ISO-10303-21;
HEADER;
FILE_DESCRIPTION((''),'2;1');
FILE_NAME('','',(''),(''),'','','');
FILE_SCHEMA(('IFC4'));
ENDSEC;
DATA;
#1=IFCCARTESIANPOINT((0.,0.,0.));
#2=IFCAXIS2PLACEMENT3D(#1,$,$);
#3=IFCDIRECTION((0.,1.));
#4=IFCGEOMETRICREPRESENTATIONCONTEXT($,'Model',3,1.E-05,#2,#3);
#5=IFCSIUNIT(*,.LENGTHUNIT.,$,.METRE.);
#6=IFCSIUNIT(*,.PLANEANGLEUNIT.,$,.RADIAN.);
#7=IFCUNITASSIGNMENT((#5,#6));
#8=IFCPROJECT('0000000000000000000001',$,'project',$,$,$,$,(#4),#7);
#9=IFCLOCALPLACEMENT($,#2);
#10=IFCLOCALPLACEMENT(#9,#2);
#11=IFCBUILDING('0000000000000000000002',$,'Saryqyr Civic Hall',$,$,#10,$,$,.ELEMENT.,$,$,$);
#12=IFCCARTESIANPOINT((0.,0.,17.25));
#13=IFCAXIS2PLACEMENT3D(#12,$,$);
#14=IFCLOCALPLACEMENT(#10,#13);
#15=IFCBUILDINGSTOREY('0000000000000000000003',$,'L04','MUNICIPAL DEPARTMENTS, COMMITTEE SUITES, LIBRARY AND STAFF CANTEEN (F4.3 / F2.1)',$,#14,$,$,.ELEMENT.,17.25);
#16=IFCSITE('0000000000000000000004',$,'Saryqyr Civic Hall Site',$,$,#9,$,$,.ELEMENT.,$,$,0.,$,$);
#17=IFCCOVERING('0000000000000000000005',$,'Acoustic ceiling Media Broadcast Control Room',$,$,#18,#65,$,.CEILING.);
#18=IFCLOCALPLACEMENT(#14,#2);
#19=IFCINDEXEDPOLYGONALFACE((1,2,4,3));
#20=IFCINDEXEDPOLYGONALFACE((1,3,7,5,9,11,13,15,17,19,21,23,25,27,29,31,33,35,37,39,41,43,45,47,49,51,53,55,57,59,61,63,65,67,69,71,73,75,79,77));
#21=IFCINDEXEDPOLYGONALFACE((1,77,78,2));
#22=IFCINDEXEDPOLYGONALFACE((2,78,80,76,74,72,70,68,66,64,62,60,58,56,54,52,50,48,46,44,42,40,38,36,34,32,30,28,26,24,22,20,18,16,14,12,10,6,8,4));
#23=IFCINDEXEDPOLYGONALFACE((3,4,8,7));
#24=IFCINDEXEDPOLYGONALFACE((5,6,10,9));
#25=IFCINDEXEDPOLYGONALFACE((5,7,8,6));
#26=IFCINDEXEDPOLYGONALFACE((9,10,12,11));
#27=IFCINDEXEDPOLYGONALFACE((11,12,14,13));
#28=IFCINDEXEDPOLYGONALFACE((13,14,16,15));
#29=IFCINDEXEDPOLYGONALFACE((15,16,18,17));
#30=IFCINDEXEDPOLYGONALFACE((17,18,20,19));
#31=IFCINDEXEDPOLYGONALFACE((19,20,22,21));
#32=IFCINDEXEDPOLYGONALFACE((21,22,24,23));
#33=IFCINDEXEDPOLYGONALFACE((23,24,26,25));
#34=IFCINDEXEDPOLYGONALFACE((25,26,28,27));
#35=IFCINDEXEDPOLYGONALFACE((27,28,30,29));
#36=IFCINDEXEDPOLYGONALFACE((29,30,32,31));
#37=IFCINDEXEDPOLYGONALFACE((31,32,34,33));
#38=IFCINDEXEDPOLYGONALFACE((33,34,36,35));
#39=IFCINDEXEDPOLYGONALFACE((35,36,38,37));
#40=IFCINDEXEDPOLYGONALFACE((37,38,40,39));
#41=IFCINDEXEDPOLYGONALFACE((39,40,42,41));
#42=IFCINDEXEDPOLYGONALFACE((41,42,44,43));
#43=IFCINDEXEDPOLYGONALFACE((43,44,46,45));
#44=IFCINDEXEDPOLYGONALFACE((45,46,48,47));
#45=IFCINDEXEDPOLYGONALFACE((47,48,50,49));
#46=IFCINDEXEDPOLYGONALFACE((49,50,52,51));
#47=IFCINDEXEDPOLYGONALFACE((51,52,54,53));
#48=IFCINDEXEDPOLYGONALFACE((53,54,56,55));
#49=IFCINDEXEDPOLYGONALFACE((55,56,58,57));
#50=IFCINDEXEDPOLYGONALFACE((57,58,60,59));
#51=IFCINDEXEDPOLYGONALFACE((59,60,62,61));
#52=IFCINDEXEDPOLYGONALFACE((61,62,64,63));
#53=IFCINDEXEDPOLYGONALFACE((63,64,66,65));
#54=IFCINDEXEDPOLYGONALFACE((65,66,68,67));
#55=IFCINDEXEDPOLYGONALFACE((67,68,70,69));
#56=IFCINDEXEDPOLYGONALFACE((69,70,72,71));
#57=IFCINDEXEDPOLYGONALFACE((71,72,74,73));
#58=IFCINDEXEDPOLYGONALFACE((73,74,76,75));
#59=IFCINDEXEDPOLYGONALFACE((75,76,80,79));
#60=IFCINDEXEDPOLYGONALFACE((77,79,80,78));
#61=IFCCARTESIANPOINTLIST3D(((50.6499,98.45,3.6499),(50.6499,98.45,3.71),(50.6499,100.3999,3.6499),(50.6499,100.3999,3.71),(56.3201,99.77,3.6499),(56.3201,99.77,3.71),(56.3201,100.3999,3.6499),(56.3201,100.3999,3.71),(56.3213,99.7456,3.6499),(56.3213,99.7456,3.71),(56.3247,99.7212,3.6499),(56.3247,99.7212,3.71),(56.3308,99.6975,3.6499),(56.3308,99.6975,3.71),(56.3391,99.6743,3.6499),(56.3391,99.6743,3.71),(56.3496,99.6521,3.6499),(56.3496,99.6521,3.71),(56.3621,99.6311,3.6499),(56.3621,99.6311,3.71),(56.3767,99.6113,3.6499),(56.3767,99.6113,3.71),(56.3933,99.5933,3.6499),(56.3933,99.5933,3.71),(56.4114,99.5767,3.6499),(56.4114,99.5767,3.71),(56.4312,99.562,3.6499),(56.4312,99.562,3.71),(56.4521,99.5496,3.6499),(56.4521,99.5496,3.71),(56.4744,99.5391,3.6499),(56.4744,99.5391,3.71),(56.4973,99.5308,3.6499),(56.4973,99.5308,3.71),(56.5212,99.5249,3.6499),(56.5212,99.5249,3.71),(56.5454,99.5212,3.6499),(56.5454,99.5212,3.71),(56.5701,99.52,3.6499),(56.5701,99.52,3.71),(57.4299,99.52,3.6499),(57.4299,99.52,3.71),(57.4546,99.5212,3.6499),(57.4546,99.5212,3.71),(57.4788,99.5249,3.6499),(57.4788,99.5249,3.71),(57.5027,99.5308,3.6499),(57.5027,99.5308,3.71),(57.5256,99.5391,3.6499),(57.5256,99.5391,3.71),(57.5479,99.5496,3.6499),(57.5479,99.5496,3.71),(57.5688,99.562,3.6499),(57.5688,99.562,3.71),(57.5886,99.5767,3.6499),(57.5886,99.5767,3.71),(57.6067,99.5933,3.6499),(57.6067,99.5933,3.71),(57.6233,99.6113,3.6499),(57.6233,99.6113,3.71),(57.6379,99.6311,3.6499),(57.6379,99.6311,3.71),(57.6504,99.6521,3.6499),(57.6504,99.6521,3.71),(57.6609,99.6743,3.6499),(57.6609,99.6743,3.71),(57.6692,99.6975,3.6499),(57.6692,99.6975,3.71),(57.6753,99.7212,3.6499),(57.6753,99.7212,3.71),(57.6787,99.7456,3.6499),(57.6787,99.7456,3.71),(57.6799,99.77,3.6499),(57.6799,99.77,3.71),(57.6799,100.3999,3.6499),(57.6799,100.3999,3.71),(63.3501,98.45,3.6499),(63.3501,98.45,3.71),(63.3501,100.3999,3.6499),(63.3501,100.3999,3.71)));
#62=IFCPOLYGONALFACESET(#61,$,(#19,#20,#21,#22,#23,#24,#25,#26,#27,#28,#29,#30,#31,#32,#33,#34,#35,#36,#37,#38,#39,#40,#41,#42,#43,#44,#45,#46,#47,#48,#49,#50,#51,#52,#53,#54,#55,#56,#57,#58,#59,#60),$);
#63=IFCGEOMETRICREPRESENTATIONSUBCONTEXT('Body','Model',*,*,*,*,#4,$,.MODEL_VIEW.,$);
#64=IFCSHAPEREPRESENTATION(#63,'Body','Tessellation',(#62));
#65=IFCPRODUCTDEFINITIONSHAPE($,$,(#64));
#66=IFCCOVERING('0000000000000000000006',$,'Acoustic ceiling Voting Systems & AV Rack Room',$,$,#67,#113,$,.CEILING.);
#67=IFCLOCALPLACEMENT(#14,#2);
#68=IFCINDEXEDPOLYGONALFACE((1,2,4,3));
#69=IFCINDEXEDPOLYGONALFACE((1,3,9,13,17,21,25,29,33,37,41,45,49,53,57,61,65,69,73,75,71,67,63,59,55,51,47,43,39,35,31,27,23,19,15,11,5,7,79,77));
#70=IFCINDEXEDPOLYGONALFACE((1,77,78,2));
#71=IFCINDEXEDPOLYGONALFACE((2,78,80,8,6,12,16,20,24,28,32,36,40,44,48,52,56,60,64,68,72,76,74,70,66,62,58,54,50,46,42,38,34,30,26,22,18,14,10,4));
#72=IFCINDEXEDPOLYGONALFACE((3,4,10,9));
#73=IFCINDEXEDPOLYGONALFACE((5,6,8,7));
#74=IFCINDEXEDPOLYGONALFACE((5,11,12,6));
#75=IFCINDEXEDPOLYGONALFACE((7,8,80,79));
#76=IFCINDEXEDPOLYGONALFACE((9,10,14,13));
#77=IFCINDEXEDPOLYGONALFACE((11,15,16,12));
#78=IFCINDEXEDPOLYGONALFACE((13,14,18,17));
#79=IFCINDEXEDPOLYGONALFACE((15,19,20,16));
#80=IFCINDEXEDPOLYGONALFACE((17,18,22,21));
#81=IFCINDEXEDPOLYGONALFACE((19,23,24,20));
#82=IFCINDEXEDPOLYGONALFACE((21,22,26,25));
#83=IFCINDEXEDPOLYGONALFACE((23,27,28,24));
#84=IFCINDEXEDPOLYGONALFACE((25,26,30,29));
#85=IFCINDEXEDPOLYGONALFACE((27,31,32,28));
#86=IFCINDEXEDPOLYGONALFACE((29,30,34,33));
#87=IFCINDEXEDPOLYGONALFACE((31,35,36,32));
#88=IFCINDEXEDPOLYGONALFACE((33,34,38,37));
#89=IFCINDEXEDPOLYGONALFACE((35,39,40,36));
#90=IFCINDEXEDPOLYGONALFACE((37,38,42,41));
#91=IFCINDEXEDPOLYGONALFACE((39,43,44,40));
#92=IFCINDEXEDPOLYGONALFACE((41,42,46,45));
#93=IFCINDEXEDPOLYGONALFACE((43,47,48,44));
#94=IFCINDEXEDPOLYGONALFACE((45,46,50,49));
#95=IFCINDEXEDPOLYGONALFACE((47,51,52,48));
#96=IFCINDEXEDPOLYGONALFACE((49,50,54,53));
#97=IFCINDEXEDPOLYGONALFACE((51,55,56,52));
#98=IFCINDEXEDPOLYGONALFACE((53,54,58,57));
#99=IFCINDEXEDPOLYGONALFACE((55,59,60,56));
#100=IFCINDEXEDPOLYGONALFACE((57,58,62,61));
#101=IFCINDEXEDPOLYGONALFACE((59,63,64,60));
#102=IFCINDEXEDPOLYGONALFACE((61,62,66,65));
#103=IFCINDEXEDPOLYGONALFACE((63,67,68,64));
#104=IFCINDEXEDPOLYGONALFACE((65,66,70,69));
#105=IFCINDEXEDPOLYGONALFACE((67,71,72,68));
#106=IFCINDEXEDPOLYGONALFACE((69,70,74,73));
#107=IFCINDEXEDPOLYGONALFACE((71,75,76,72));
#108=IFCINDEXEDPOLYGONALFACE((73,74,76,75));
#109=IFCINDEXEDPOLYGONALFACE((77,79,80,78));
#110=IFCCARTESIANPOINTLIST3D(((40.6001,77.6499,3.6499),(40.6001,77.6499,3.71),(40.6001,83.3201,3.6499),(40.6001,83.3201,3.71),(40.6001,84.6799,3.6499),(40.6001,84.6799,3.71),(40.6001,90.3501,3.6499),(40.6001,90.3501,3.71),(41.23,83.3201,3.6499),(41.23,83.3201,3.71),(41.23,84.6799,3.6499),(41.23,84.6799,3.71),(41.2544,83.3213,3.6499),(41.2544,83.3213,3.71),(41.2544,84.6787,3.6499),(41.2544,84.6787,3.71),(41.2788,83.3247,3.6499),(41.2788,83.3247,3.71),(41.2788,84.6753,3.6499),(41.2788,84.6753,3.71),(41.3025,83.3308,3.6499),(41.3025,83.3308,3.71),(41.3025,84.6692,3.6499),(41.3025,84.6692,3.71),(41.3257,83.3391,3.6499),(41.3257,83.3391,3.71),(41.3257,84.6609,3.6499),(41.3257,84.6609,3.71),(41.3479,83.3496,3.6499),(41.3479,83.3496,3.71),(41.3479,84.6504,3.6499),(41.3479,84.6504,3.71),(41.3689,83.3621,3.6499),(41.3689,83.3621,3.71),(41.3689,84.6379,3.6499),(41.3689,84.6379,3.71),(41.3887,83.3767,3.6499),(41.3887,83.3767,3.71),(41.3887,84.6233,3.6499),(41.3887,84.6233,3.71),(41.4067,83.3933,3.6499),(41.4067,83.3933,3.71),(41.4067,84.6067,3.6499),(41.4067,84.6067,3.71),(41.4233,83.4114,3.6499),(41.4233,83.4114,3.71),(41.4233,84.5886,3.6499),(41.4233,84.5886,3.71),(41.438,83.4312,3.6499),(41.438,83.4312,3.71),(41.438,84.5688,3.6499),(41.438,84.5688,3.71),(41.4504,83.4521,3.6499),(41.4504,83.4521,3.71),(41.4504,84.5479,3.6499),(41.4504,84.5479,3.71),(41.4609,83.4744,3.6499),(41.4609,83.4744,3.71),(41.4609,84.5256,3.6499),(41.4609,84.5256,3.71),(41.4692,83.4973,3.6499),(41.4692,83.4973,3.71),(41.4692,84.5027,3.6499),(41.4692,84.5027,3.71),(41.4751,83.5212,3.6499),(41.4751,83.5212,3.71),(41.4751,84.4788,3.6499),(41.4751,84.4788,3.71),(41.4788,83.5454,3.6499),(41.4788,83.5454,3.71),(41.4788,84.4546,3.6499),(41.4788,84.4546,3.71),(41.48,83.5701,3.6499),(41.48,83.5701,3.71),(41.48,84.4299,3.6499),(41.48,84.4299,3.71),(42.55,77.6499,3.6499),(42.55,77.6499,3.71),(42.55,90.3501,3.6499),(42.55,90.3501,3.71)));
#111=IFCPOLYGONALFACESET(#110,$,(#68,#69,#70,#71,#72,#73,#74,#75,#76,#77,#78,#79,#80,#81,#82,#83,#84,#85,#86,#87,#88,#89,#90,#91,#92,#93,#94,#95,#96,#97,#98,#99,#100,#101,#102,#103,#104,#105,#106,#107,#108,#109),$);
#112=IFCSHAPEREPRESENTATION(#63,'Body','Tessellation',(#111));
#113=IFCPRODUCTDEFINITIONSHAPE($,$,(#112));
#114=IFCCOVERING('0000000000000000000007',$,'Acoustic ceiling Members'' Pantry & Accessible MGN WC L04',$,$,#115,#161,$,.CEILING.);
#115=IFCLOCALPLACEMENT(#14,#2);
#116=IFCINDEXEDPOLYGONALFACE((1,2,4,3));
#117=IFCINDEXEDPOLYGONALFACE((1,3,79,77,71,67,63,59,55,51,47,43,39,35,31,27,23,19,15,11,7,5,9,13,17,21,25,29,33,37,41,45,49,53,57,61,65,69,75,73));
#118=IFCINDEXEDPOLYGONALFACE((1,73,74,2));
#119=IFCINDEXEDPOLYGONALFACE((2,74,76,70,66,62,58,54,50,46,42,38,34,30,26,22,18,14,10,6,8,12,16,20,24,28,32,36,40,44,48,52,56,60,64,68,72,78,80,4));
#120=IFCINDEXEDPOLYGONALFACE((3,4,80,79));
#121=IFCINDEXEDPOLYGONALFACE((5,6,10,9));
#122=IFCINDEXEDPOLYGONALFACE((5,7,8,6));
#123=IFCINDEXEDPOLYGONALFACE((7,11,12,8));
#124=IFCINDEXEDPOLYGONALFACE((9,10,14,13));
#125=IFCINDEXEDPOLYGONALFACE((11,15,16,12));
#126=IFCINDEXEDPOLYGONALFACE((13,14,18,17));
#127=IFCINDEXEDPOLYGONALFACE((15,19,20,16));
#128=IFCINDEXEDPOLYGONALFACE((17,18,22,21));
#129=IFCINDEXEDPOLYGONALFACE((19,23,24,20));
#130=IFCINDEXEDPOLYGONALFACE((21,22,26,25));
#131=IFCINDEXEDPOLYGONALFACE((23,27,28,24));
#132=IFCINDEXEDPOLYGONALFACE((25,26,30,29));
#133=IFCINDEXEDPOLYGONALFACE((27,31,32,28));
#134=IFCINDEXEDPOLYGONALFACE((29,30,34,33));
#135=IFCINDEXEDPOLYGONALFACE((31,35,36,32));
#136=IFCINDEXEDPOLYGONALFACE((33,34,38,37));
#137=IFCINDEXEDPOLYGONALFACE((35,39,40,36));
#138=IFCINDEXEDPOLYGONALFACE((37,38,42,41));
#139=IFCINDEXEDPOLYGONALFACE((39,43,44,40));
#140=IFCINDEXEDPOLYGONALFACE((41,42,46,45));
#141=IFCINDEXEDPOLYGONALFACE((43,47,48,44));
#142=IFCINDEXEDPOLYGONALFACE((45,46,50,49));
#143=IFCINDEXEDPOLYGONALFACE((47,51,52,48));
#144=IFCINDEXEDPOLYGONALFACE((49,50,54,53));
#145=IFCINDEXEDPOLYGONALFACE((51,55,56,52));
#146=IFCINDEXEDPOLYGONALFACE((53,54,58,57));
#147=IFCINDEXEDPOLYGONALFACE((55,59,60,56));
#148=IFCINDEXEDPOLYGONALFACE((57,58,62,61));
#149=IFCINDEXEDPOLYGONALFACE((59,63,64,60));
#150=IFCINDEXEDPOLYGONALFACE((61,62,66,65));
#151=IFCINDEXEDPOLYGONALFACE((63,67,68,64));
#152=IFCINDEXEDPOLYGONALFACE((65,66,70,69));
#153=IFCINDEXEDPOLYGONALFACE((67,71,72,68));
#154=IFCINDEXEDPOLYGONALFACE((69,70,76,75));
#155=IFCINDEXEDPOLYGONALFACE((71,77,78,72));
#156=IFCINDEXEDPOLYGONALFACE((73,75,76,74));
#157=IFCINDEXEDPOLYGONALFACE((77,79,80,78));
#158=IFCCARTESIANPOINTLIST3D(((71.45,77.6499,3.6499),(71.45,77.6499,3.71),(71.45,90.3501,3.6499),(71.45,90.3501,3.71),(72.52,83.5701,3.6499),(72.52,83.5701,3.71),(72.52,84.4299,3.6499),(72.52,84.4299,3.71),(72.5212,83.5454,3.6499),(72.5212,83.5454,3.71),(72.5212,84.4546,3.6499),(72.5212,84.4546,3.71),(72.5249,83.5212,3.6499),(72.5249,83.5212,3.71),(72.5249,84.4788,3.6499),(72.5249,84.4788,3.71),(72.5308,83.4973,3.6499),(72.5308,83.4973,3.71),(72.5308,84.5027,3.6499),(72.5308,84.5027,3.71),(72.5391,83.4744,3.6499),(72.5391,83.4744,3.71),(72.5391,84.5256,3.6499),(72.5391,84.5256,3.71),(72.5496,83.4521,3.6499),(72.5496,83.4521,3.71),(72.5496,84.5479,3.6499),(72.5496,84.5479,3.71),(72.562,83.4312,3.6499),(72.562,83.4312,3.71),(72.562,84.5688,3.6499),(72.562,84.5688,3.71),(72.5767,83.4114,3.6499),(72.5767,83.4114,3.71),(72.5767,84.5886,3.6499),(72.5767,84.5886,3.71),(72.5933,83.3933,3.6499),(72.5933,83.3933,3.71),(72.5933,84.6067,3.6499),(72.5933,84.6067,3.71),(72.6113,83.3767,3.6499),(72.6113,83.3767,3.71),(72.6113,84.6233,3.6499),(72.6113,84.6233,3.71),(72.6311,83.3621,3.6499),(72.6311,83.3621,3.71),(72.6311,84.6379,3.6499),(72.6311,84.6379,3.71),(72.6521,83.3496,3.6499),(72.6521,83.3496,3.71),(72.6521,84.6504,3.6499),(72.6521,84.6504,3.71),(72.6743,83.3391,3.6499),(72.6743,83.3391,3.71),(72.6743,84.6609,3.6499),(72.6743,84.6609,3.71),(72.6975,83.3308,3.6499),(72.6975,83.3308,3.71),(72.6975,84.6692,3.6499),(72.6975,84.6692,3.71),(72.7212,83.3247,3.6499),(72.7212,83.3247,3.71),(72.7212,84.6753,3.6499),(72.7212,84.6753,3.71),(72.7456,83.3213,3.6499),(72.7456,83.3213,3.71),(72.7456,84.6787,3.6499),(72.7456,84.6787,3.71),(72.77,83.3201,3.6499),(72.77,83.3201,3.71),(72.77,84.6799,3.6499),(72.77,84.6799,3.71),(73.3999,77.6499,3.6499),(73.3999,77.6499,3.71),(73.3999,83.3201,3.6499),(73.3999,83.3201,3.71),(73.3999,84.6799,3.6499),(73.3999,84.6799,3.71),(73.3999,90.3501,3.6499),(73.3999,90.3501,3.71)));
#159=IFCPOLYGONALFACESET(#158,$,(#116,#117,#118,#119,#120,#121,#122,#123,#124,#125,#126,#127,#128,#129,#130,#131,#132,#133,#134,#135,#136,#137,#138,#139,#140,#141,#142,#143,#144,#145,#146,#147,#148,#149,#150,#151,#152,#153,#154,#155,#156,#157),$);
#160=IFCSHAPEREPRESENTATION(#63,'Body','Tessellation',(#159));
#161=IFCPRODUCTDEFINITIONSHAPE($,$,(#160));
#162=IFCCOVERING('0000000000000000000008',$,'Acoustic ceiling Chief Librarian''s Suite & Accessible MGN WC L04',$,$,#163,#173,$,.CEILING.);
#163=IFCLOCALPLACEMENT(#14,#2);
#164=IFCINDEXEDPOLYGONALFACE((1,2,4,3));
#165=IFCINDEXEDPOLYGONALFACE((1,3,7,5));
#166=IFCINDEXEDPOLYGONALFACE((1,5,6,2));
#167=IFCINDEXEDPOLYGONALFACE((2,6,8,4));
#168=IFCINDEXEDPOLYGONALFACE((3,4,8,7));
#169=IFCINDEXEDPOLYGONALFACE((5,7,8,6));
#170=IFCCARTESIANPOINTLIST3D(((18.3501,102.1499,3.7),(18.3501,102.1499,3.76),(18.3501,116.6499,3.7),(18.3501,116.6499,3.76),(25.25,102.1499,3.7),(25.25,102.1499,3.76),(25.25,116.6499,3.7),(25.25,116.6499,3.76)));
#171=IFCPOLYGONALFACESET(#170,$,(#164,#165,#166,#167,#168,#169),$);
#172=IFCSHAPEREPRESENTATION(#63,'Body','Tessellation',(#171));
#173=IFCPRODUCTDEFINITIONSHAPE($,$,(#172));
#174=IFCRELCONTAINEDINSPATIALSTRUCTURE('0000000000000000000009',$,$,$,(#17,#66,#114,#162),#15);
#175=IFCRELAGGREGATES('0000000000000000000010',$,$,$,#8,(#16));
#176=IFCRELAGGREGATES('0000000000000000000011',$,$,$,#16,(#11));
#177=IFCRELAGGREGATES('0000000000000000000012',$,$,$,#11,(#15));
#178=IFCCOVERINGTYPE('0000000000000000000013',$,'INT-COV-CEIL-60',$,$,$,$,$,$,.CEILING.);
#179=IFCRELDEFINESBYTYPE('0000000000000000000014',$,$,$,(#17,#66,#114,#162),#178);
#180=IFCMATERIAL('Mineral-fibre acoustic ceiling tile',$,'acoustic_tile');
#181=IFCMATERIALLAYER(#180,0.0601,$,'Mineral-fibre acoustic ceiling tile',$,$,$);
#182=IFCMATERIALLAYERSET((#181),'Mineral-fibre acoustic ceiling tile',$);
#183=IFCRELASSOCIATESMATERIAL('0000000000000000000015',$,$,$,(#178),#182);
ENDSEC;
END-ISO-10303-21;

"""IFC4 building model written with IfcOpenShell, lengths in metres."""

from ifc_helpers import new_model, si_unit, direction, frame, origin, place, context, subcontext, project, spatial, polyline, outline, extrude, material, layer, layer_set, type_object, element, save


model = new_model("IFC4")

# Units and contexts
model_context = context("Model", 3, precision=1e-05, world=origin(), true_north=direction((0.0, 1.0)))
body_context = subcontext(model_context, "Body", "Model", "MODEL_VIEW")
ifc_project = project(units=[si_unit("LENGTHUNIT", "METRE"), si_unit("PLANEANGLEUNIT", "RADIAN")], contexts=[model_context])

# Site, building, storey
site_placement = place(None, origin())
site = spatial("IfcSite", under=ifc_project, at=site_placement, Name="Saryqyr Civic Hall Site", CompositionType="ELEMENT", RefElevation=0.0)
building_placement = place(site_placement, origin())
building = spatial("IfcBuilding", under=site, at=building_placement, Name="Saryqyr Civic Hall", CompositionType="ELEMENT")
storey_placement = place(building_placement, frame((0.0, 0.0, 17.25)))
storey = spatial("IfcBuildingStorey", under=building, at=storey_placement, Name="L04", Description="MUNICIPAL DEPARTMENTS, COMMITTEE SUITES, LIBRARY AND STAFF CANTEEN (F4.3 / F2.1)", CompositionType="ELEMENT", Elevation=17.25)

# Coverings
ifc_material_1 = material(Name="Mineral-fibre acoustic ceiling tile", Category="acoustic_tile")
ifc_layer_1 = layer(ifc_material_1, 0.0601, Name="Mineral-fibre acoustic ceiling tile")
ifc_layer_set_1 = layer_set([ifc_layer_1], Name="Mineral-fibre acoustic ceiling tile")
covering_type_1 = type_object("IfcCoveringType", Name="INT-COV-CEIL-60", PredefinedType="CEILING", material=ifc_layer_set_1)
covering_1_placement = place(storey_placement, frame((0.0, 0.0, 3.6499)))
element("IfcCovering", 1, at=covering_1_placement, inside=storey, type_object=covering_type_1, Name="Acoustic ceiling Media Broadcast Control Room", PredefinedType="CEILING", context=body_context, shape_type="SweptSolid", body=[
    extrude(outline(polyline([(50.6499, 98.45), (50.6499, 100.3999), (56.3201, 100.3999), (56.3201, 99.77), (56.3213, 99.7456), (56.3247, 99.7212), (56.3308, 99.6975), (56.3391, 99.6743), (56.3496, 99.6521), (56.3621, 99.6311), (56.3767, 99.6113), (56.3933, 99.5933), (56.4114, 99.5767), (56.4312, 99.562), (56.4521, 99.5496), (56.4744, 99.5391), (56.4973, 99.5308), (56.5212, 99.5249), (56.5454, 99.5212), (56.5701, 99.52), (57.4299, 99.52), (57.4546, 99.5212), (57.4788, 99.5249), (57.5027, 99.5308), (57.5256, 99.5391), (57.5479, 99.5496), (57.5688, 99.562), (57.5886, 99.5767), (57.6067, 99.5933), (57.6233, 99.6113), (57.6379, 99.6311), (57.6504, 99.6521), (57.6609, 99.6743), (57.6692, 99.6975), (57.6753, 99.7212), (57.6787, 99.7456), (57.6799, 99.77), (57.6799, 100.3999), (63.3501, 100.3999), (63.3501, 98.45), (50.6499, 98.45)])), origin(), (0.0, 0.0, 1.0), 0.0601),
])
covering_2_placement = place(storey_placement, frame((0.0, 0.0, 3.6499)))
element("IfcCovering", 2, at=covering_2_placement, inside=storey, type_object=covering_type_1, Name="Acoustic ceiling Voting Systems & AV Rack Room", PredefinedType="CEILING", context=body_context, shape_type="SweptSolid", body=[
    extrude(outline(polyline([(40.6001, 77.6499), (40.6001, 83.3201), (41.23, 83.3201), (41.2544, 83.3213), (41.2788, 83.3247), (41.3025, 83.3308), (41.3257, 83.3391), (41.3479, 83.3496), (41.3689, 83.3621), (41.3887, 83.3767), (41.4067, 83.3933), (41.4233, 83.4114), (41.438, 83.4312), (41.4504, 83.4521), (41.4609, 83.4744), (41.4692, 83.4973), (41.4751, 83.5212), (41.4788, 83.5454), (41.48, 83.5701), (41.48, 84.4299), (41.4788, 84.4546), (41.4751, 84.4788), (41.4692, 84.5027), (41.4609, 84.5256), (41.4504, 84.5479), (41.438, 84.5688), (41.4233, 84.5886), (41.4067, 84.6067), (41.3887, 84.6233), (41.3689, 84.6379), (41.3479, 84.6504), (41.3257, 84.6609), (41.3025, 84.6692), (41.2788, 84.6753), (41.2544, 84.6787), (41.23, 84.6799), (40.6001, 84.6799), (40.6001, 90.3501), (42.55, 90.3501), (42.55, 77.6499), (40.6001, 77.6499)])), origin(), (0.0, 0.0, 1.0), 0.0601),
])
covering_3_placement = place(storey_placement, frame((0.0, 0.0, 3.6499)))
element("IfcCovering", 3, at=covering_3_placement, inside=storey, type_object=covering_type_1, Name="Acoustic ceiling Members' Pantry & Accessible MGN WC L04", PredefinedType="CEILING", context=body_context, shape_type="SweptSolid", body=[
    extrude(outline(polyline([(71.45, 77.6499), (71.45, 90.3501), (73.3999, 90.3501), (73.3999, 84.6799), (72.77, 84.6799), (72.7456, 84.6787), (72.7212, 84.6753), (72.6975, 84.6692), (72.6743, 84.6609), (72.6521, 84.6504), (72.6311, 84.6379), (72.6113, 84.6233), (72.5933, 84.6067), (72.5767, 84.5886), (72.562, 84.5688), (72.5496, 84.5479), (72.5391, 84.5256), (72.5308, 84.5027), (72.5249, 84.4788), (72.5212, 84.4546), (72.52, 84.4299), (72.52, 83.5701), (72.5212, 83.5454), (72.5249, 83.5212), (72.5308, 83.4973), (72.5391, 83.4744), (72.5496, 83.4521), (72.562, 83.4312), (72.5767, 83.4114), (72.5933, 83.3933), (72.6113, 83.3767), (72.6311, 83.3621), (72.6521, 83.3496), (72.6743, 83.3391), (72.6975, 83.3308), (72.7212, 83.3247), (72.7456, 83.3213), (72.77, 83.3201), (73.3999, 83.3201), (73.3999, 77.6499), (71.45, 77.6499)])), origin(), (0.0, 0.0, 1.0), 0.0601),
])
covering_4_placement = place(storey_placement, frame((0.0, 0.0, 3.7)))
element("IfcCovering", 4, at=covering_4_placement, inside=storey, type_object=covering_type_1, Name="Acoustic ceiling Chief Librarian's Suite & Accessible MGN WC L04", PredefinedType="CEILING", context=body_context, shape_type="SweptSolid", body=[
    extrude(outline(polyline([(18.3501, 102.1499), (18.3501, 116.6499), (25.25, 116.6499), (25.25, 102.1499), (18.3501, 102.1499)])), origin(), (0.0, 0.0, 1.0), 0.0601),
])

save(model, "model.ifc")
